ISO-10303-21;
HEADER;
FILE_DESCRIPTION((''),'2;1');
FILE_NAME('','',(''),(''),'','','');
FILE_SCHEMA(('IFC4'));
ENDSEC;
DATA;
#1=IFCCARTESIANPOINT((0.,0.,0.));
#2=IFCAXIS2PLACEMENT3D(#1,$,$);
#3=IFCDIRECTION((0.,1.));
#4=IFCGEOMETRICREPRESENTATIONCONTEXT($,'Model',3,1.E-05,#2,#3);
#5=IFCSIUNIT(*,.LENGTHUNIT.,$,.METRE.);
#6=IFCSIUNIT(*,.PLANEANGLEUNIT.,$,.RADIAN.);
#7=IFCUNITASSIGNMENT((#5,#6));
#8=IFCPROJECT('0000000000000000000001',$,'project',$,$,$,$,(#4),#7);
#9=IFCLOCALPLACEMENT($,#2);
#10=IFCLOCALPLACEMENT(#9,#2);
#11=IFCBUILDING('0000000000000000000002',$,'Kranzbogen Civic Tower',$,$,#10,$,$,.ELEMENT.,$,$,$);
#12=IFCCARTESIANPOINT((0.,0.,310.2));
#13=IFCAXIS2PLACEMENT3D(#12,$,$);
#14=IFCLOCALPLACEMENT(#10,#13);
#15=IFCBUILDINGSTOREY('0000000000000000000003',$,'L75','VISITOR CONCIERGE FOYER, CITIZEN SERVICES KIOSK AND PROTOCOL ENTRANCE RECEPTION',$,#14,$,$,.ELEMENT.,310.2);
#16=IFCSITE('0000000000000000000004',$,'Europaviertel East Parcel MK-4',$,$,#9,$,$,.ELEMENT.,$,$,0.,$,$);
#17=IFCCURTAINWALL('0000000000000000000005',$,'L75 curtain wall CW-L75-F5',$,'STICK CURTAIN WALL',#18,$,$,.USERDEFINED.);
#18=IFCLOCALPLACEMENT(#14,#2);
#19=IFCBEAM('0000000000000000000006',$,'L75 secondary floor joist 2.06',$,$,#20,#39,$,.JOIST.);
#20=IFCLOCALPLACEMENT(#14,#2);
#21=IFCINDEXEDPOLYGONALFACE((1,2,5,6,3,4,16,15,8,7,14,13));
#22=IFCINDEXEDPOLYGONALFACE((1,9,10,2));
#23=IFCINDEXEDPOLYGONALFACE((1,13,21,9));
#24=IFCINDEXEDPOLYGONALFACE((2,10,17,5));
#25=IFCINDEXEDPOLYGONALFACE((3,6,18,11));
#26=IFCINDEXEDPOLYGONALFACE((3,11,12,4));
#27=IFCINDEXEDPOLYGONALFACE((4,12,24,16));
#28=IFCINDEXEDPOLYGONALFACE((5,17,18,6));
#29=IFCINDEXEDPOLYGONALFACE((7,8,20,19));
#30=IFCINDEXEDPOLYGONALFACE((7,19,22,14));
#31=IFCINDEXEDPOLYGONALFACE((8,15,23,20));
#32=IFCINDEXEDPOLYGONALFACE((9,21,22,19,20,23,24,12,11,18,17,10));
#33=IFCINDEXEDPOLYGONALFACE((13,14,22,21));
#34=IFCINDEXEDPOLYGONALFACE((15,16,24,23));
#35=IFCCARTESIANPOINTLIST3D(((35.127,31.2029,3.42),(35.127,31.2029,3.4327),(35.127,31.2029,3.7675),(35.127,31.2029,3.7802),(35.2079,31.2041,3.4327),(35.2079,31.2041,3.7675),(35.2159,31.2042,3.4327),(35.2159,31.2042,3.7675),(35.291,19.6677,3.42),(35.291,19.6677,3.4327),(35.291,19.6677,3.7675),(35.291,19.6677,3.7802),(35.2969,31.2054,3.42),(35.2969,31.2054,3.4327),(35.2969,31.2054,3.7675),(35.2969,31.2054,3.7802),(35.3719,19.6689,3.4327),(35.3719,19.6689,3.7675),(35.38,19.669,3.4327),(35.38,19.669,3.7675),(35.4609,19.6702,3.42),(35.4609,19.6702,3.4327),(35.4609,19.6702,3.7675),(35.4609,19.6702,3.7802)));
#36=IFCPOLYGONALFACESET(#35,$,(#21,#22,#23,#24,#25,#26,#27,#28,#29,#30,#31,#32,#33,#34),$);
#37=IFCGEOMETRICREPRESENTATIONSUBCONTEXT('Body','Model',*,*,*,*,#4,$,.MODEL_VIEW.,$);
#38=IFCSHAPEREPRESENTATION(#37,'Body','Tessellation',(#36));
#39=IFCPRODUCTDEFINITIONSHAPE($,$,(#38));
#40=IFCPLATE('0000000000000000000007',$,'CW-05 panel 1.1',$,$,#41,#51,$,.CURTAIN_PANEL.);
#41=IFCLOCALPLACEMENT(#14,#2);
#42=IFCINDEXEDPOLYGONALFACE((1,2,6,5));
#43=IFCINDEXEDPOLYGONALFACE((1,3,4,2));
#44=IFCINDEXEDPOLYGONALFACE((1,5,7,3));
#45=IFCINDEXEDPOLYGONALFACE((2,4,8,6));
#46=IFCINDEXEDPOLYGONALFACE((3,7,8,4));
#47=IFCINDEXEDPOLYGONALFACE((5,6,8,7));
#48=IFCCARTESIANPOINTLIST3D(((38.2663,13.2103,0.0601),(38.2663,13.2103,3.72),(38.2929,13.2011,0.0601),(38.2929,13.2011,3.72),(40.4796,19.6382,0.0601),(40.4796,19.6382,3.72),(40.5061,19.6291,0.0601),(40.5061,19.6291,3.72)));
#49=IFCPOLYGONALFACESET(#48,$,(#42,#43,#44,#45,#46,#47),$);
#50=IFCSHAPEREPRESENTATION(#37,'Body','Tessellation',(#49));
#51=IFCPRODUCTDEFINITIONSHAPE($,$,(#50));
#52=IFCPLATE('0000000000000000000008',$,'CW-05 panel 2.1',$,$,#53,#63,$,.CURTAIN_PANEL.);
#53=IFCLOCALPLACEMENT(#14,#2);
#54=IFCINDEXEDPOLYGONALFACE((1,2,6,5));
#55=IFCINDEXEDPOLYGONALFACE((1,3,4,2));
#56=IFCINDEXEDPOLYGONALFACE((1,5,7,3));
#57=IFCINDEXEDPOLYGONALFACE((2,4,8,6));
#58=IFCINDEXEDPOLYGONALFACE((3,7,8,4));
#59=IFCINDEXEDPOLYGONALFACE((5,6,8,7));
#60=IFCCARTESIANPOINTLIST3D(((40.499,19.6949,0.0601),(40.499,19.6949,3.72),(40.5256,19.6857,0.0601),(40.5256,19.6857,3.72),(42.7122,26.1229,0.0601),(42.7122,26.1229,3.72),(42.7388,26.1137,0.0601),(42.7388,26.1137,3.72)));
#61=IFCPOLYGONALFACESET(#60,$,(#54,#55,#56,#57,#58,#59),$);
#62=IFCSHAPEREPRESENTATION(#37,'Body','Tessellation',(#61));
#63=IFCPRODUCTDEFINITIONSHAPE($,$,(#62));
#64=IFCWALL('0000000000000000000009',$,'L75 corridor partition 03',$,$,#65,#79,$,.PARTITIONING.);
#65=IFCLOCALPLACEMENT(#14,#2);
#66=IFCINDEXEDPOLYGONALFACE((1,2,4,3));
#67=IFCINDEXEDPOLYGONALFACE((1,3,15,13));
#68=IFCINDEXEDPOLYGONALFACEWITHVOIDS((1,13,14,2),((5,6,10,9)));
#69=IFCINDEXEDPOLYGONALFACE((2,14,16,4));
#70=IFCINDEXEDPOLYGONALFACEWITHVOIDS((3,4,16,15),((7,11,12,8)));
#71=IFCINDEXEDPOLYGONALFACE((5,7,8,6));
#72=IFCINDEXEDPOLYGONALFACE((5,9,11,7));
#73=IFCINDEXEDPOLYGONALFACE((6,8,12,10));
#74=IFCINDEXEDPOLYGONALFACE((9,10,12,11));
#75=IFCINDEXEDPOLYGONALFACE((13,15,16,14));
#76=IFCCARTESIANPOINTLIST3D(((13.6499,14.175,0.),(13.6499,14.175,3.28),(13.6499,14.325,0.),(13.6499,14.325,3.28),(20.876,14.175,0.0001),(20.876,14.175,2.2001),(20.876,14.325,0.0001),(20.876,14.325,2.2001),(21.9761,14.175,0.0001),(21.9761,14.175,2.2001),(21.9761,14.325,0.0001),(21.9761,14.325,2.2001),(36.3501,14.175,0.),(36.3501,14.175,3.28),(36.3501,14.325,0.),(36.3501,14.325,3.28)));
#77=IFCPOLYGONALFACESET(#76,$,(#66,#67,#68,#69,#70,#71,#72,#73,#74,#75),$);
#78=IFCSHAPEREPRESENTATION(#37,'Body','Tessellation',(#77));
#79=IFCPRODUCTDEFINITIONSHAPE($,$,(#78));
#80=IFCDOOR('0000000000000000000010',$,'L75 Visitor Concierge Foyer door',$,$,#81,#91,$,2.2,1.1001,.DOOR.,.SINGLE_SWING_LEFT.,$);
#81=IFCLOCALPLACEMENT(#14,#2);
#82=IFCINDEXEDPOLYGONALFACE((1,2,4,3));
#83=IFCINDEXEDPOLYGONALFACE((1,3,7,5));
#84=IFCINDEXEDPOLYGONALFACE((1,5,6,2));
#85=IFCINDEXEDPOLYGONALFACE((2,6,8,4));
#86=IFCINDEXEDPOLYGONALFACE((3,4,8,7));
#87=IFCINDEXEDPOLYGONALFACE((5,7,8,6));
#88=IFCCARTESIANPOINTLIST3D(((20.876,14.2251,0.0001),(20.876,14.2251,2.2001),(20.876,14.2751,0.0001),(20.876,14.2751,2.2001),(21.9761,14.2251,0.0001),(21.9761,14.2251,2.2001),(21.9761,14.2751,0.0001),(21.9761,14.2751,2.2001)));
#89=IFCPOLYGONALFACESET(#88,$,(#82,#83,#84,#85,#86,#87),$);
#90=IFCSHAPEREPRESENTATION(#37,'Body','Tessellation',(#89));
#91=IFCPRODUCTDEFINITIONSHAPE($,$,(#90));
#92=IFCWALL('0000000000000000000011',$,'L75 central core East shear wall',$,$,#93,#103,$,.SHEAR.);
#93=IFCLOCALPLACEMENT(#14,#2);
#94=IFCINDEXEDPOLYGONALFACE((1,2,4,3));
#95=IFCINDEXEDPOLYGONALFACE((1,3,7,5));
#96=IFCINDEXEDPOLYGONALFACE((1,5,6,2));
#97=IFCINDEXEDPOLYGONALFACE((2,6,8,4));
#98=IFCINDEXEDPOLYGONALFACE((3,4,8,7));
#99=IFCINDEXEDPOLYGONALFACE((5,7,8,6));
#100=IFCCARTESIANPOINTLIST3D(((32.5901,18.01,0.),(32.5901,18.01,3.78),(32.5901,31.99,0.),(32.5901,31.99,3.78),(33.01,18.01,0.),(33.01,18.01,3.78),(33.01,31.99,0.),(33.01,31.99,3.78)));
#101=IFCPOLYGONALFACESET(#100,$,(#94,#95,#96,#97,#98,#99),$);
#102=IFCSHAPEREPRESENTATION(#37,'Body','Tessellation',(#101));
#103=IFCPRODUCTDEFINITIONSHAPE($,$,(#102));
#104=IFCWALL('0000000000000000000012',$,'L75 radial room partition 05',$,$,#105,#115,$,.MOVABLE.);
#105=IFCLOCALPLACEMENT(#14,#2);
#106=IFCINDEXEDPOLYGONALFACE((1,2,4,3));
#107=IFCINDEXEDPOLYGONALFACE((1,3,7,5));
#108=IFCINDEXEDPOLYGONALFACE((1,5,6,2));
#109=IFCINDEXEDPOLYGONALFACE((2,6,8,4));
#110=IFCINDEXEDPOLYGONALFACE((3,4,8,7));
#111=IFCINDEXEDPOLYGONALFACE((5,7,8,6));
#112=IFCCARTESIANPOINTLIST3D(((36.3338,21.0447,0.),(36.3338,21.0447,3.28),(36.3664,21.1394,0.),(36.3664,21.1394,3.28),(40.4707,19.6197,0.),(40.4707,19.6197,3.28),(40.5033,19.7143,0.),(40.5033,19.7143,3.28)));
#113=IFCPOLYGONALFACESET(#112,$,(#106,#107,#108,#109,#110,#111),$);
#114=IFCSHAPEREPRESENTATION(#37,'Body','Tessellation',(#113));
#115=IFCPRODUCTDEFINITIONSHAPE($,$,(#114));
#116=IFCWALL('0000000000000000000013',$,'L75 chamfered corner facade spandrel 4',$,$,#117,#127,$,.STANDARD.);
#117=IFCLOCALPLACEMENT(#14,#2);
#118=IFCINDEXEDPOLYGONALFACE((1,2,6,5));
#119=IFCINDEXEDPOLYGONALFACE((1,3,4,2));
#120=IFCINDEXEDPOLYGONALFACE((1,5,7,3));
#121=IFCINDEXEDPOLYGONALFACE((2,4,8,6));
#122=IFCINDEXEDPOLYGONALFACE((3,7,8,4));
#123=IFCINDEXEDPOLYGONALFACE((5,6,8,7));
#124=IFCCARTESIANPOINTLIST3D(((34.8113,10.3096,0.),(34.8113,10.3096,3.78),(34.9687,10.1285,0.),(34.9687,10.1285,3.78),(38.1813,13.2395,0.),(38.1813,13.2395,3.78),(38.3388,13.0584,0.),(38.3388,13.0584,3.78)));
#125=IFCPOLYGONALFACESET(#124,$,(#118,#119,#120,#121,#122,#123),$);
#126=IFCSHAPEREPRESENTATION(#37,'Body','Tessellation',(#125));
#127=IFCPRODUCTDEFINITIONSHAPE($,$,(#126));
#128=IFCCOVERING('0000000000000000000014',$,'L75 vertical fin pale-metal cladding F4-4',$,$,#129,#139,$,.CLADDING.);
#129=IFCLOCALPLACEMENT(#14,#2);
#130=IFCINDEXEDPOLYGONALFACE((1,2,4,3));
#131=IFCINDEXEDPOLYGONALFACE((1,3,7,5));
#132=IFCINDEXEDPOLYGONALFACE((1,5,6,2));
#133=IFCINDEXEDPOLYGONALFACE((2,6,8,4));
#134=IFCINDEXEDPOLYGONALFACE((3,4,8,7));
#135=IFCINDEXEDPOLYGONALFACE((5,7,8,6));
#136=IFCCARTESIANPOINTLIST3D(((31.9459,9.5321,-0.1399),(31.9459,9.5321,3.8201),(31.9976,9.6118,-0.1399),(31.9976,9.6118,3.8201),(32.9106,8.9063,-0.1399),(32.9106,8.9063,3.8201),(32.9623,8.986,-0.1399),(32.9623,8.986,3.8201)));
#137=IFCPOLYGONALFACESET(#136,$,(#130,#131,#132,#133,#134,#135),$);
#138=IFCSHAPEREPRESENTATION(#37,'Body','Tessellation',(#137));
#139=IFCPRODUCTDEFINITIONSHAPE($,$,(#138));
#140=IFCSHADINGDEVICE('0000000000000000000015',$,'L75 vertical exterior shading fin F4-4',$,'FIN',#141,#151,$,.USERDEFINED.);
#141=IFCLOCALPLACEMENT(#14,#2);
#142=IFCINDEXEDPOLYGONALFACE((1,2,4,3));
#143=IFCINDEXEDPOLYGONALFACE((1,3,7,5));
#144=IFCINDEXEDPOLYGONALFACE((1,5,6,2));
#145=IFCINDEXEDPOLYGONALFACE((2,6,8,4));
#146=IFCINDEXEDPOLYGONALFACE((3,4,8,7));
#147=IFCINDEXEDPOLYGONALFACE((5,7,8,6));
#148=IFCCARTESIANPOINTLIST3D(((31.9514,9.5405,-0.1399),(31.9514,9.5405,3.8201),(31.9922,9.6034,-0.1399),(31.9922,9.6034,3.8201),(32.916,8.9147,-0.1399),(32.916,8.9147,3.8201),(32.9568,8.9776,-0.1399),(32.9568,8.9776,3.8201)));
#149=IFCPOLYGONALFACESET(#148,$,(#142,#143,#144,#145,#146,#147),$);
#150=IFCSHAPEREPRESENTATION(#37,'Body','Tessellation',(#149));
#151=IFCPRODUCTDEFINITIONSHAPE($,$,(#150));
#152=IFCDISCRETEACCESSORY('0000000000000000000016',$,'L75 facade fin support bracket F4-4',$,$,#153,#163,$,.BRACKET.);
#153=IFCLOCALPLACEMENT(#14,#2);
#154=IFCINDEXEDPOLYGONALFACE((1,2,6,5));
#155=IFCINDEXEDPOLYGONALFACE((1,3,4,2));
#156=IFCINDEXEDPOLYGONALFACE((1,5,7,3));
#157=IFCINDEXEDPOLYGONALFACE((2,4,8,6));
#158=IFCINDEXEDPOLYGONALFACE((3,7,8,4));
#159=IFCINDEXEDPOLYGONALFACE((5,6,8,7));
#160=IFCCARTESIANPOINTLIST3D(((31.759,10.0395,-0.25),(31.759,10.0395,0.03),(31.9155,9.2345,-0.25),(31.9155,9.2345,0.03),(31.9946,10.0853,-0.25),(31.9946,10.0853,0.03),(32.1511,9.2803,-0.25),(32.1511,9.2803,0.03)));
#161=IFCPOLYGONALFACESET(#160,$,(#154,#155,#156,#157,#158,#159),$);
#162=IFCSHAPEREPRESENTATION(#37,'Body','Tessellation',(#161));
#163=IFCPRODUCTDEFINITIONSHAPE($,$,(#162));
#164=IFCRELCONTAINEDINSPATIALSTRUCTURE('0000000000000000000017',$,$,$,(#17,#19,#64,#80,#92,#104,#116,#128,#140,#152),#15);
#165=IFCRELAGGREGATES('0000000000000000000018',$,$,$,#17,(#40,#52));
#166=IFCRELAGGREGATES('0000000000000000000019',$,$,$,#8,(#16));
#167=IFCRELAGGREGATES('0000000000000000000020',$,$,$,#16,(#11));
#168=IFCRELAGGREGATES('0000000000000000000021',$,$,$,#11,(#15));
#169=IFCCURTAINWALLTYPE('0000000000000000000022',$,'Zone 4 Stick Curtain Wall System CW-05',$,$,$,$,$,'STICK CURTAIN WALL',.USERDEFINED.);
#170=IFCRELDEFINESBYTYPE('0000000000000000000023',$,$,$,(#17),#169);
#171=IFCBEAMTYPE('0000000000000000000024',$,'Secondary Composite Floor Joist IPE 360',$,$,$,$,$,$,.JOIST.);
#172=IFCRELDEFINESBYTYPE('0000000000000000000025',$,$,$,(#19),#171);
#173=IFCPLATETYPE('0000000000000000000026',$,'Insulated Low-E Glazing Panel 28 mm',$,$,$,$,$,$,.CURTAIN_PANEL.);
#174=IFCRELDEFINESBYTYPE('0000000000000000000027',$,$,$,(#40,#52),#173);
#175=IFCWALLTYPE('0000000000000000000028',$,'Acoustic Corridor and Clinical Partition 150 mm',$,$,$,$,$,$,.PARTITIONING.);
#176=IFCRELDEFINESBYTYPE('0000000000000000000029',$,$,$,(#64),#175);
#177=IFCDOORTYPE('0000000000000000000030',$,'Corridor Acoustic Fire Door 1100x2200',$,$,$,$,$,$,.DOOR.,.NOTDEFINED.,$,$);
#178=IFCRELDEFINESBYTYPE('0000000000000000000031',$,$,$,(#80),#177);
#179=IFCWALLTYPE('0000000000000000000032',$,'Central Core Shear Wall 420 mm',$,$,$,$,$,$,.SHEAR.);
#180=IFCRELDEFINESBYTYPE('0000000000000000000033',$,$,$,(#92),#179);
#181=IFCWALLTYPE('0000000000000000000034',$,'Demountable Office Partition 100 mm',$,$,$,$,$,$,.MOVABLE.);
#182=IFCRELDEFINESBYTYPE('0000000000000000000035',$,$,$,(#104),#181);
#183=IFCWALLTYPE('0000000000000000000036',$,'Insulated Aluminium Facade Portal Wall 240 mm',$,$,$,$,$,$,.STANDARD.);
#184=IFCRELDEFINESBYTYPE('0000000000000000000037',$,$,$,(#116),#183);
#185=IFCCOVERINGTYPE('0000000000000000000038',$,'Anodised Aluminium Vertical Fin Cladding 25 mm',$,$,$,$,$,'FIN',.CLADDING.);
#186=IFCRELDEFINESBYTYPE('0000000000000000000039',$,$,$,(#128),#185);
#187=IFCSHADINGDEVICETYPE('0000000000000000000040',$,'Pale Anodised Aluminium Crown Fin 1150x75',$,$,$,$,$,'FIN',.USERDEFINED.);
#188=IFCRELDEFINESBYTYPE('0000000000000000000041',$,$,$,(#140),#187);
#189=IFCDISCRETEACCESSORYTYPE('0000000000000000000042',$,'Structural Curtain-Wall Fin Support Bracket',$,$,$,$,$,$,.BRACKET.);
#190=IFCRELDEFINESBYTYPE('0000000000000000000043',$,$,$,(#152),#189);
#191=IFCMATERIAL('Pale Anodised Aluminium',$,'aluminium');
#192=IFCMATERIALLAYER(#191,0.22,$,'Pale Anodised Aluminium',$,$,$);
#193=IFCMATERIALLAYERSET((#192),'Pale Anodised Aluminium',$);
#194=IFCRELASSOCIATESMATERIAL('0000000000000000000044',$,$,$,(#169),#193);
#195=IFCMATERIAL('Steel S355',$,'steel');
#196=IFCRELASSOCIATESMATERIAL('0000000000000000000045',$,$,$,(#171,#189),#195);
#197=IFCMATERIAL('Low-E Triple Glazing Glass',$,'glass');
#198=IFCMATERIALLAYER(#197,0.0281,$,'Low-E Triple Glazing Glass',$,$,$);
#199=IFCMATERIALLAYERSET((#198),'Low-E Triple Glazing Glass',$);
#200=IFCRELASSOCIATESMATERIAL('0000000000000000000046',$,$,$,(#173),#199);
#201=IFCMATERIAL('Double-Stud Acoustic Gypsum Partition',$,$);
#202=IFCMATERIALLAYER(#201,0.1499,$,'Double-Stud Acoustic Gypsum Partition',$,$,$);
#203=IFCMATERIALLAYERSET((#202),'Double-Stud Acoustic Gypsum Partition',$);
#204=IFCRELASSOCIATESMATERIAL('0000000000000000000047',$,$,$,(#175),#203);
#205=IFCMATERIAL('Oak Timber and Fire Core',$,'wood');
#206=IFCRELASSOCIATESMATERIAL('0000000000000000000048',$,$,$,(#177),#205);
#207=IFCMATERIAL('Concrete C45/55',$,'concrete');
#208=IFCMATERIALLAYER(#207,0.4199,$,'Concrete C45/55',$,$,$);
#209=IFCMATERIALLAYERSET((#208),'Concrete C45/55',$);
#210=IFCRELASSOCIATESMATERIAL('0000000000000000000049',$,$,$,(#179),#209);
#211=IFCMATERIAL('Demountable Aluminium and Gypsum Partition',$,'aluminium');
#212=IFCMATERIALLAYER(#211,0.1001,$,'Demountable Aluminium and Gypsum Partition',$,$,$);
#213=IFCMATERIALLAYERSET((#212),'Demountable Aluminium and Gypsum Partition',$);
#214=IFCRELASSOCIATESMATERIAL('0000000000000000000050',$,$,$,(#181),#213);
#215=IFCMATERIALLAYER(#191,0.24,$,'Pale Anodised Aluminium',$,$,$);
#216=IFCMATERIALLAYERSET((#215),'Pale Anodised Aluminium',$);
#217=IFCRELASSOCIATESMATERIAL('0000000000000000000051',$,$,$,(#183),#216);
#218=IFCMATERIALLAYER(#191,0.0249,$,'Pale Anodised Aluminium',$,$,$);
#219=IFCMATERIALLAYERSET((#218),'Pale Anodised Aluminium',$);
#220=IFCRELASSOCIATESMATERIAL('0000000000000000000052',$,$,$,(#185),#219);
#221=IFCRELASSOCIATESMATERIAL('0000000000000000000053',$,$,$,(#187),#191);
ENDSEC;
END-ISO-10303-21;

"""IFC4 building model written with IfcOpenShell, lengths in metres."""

from ifc_helpers import new_model, si_unit, direction, frame, frame_2d, origin, origin_2d, place, context, subcontext, project, spatial, rectangle, i_section, extrude, material, layer, layer_set, material_profile, profile_set, type_object, element, fill, aggregate, save


model = new_model("IFC4")

# Units and contexts
model_context = context("Model", 3, precision=1e-05, world=origin(), true_north=direction((0.0, 1.0)))
body_context = subcontext(model_context, "Body", "Model", "MODEL_VIEW")
ifc_project = project(units=[si_unit("LENGTHUNIT", "METRE"), si_unit("PLANEANGLEUNIT", "RADIAN")], contexts=[model_context])

# Site, building, storey
site_placement = place(None, origin())
site = spatial("IfcSite", under=ifc_project, at=site_placement, Name="Europaviertel East Parcel MK-4", CompositionType="ELEMENT", RefElevation=0.0)
building_placement = place(site_placement, origin())
building = spatial("IfcBuilding", under=site, at=building_placement, Name="Kranzbogen Civic Tower", CompositionType="ELEMENT")
storey_placement = place(building_placement, frame((0.0, 0.0, 310.2)))
storey = spatial("IfcBuildingStorey", under=building, at=storey_placement, Name="L75", Description="VISITOR CONCIERGE FOYER, CITIZEN SERVICES KIOSK AND PROTOCOL ENTRANCE RECEPTION", CompositionType="ELEMENT", Elevation=310.2)

# Shared definitions
ifc_material_1 = material(Name="Steel S355", Category="steel")

# Shared definitions
ifc_material_2 = material(Name="Pale Anodised Aluminium", Category="aluminium")
ifc_layer_1 = layer(ifc_material_2, 0.22, Name="Pale Anodised Aluminium")
ifc_layer_set_1 = layer_set([ifc_layer_1], Name="Pale Anodised Aluminium")
curtain_wall_type = type_object("IfcCurtainWallType", Name="Zone 4 Stick Curtain Wall System CW-05", ElementType="STICK CURTAIN WALL", PredefinedType="USERDEFINED", material=ifc_layer_set_1)

# Curtain wall
curtain_wall_1_placement = place(storey_placement, origin())
curtain_wall_1 = element("IfcCurtainWall", 1, at=curtain_wall_1_placement, inside=storey, type_object=curtain_wall_type, Name="L75 curtain wall CW-L75-F5", ObjectType="STICK CURTAIN WALL", PredefinedType="USERDEFINED")

# Beam
ifc_material_profile_1 = material_profile(ifc_material_1, i_section(OverallWidth=0.1699, OverallDepth=0.3601, WebThickness=0.0081, FlangeThickness=0.0127, at=origin_2d()), Name="IPE 360")
ifc_profile_set_1 = profile_set([ifc_material_profile_1], Name="Steel S355")
beam_type_1 = type_object("IfcBeamType", Name="Secondary Composite Floor Joist IPE 360", PredefinedType="JOIST", material=ifc_profile_set_1)
beam_1_placement = place(storey_placement, frame((35.376, 19.6689, 3.6001), z_axis=(-0.014221, 0.999899, 0.0), x_axis=(-0.999899, -0.014221, 0.0)))
element("IfcBeam", 2, at=beam_1_placement, inside=storey, type_object=beam_type_1, Name="L75 secondary floor joist 2.06", PredefinedType="JOIST", context=body_context, shape_type="SweptSolid", body=[
    extrude(i_section(OverallWidth=0.1699, OverallDepth=0.3601, WebThickness=0.0081, FlangeThickness=0.0127, at=origin_2d()), origin(), (0.0, 0.0, 1.0), 11.5364),
])

# Plates
ifc_material_3 = material(Name="Low-E Triple Glazing Glass", Category="glass")
ifc_layer_2 = layer(ifc_material_3, 0.0281, Name="Low-E Triple Glazing Glass")
ifc_layer_set_2 = layer_set([ifc_layer_2], Name="Low-E Triple Glazing Glass")
plate_type = type_object("IfcPlateType", Name="Insulated Low-E Glazing Panel 28 mm", PredefinedType="CURTAIN_PANEL", material=ifc_layer_set_2)
plate_1_placement = place(storey_placement, frame((39.3862, 16.4197, 0.0601), z_axis=(0.0, 0.0, 1.0), x_axis=(0.325554, 0.945523, 0.0)))
plate_1 = element("IfcPlate", 3, at=plate_1_placement, type_object=plate_type, Name="CW-05 panel 1.1", PredefinedType="CURTAIN_PANEL", context=body_context, shape_type="SweptSolid", body=[
    extrude(rectangle(XDim=6.7983, YDim=0.0281, at=origin_2d()), origin(), (0.0, 0.0, 1.0), 3.6599),
])
plate_2_placement = place(storey_placement, frame((41.6189, 22.9043, 0.0601), z_axis=(0.0, 0.0, 1.0), x_axis=(0.325554, 0.945523, 0.0)))
plate_2 = element("IfcPlate", 4, at=plate_2_placement, type_object=plate_type, Name="CW-05 panel 2.1", PredefinedType="CURTAIN_PANEL", context=body_context, shape_type="SweptSolid", body=[
    extrude(rectangle(XDim=6.7983, YDim=0.0281, at=origin_2d()), origin(), (0.0, 0.0, 1.0), 3.6599),
])
aggregate(curtain_wall_1, [plate_1, plate_2])

# Wall, opening, door
ifc_material_4 = material(Name="Double-Stud Acoustic Gypsum Partition")
ifc_layer_3 = layer(ifc_material_4, 0.1499, Name="Double-Stud Acoustic Gypsum Partition")
ifc_layer_set_3 = layer_set([ifc_layer_3], Name="Double-Stud Acoustic Gypsum Partition")
wall_type_1 = type_object("IfcWallType", Name="Acoustic Corridor and Clinical Partition 150 mm", PredefinedType="PARTITIONING", material=ifc_layer_set_3)
wall_1_placement = place(storey_placement, frame((36.3501, 14.25, 0.0), z_axis=(0.0, 0.0, 1.0), x_axis=(-1.0, 0.0, 0.0)))
wall_1 = element("IfcWall", 5, at=wall_1_placement, inside=storey, type_object=wall_type_1, Name="L75 corridor partition 03", PredefinedType="PARTITIONING", context=body_context, shape_type="SweptSolid", body=[
    extrude(rectangle(XDim=22.7002, YDim=0.1499, at=frame_2d((11.3501, 0.0))), origin(), (0.0, 0.0, 1.0), 3.28),
])
opening_placement = place(wall_1_placement, frame((14.374, 0.0, 0.0)))
opening = element("IfcOpeningElement", 6, at=opening_placement, cuts=wall_1, PredefinedType="OPENING", context=body_context, shape_type="SweptSolid", body=[
    extrude(rectangle(XDim=1.1001, YDim=2.2, at=frame_2d((0.55, 1.1001))), frame((0.0, 0.085, 0.0), z_axis=(0.0, -1.0, 0.0), x_axis=(1.0, 0.0, 0.0)), (0.0, 0.0, 1.0), 0.1699),
])
ifc_material_5 = material(Name="Oak Timber and Fire Core", Category="wood")
door_type = type_object("IfcDoorType", Name="Corridor Acoustic Fire Door 1100x2200", OperationType="NOTDEFINED", PredefinedType="DOOR", material=ifc_material_5)
door_placement = place(opening_placement, origin())
door = element("IfcDoor", 7, at=door_placement, inside=storey, type_object=door_type, Name="L75 Visitor Concierge Foyer door", OperationType="SINGLE_SWING_LEFT", OverallHeight=2.2, OverallWidth=1.1001, PredefinedType="DOOR", context=body_context, shape_type="SweptSolid", body=[
    extrude(rectangle(XDim=1.1001, YDim=2.2, at=frame_2d((0.55, 1.1001))), frame((0.0, 0.0249, 0.0), z_axis=(0.0, -1.0, 0.0), x_axis=(1.0, 0.0, 0.0)), (0.0, 0.0, 1.0), 0.05),
])
fill(opening, door)

# Walls
ifc_material_6 = material(Name="Concrete C45/55", Category="concrete")
ifc_layer_4 = layer(ifc_material_6, 0.4199, Name="Concrete C45/55")
ifc_layer_set_4 = layer_set([ifc_layer_4], Name="Concrete C45/55")
wall_type_2 = type_object("IfcWallType", Name="Central Core Shear Wall 420 mm", PredefinedType="SHEAR", material=ifc_layer_set_4)
wall_2_placement = place(storey_placement, frame((32.8, 18.01, 0.0), z_axis=(0.0, 0.0, 1.0), x_axis=(0.0, 1.0, 0.0)))
element("IfcWall", 8, at=wall_2_placement, inside=storey, type_object=wall_type_2, Name="L75 central core East shear wall", PredefinedType="SHEAR", context=body_context, shape_type="SweptSolid", body=[
    extrude(rectangle(XDim=13.98, YDim=0.4199, at=frame_2d((6.99, 0.0))), origin(), (0.0, 0.0, 1.0), 3.78),
])
ifc_material_7 = material(Name="Demountable Aluminium and Gypsum Partition", Category="aluminium")
ifc_layer_5 = layer(ifc_material_7, 0.1001, Name="Demountable Aluminium and Gypsum Partition")
ifc_layer_set_5 = layer_set([ifc_layer_5], Name="Demountable Aluminium and Gypsum Partition")
wall_type_3 = type_object("IfcWallType", Name="Demountable Office Partition 100 mm", PredefinedType="MOVABLE", material=ifc_layer_set_5)
wall_3_placement = place(storey_placement, frame((36.3501, 21.092, 0.0), z_axis=(0.0, 0.0, 1.0), x_axis=(0.945478, -0.325686, 0.0)))
element("IfcWall", 9, at=wall_3_placement, inside=storey, type_object=wall_type_3, Name="L75 radial room partition 05", PredefinedType="MOVABLE", context=body_context, shape_type="SweptSolid", body=[
    extrude(rectangle(XDim=4.3755, YDim=0.1001, at=frame_2d((2.1877, 0.0))), origin(), (0.0, 0.0, 1.0), 3.28),
])
ifc_layer_6 = layer(ifc_material_2, 0.24, Name="Pale Anodised Aluminium")
ifc_layer_set_6 = layer_set([ifc_layer_6], Name="Pale Anodised Aluminium")
wall_type_4 = type_object("IfcWallType", Name="Insulated Aluminium Facade Portal Wall 240 mm", PredefinedType="STANDARD", material=ifc_layer_set_6)
wall_4_placement = place(storey_placement, frame((34.8899, 10.219, 0.0), z_axis=(0.0, 0.0, 1.0), x_axis=(0.754673, 0.656102, 0.0)))
element("IfcWall", 10, at=wall_4_placement, inside=storey, type_object=wall_type_4, Name="L75 chamfered corner facade spandrel 4", PredefinedType="STANDARD", context=body_context, shape_type="SweptSolid", body=[
    extrude(rectangle(XDim=4.4656, YDim=0.24, at=frame_2d((2.2329, 0.0))), origin(), (0.0, 0.0, 1.0), 3.78),
])

# Covering
ifc_layer_7 = layer(ifc_material_2, 0.0249, Name="Pale Anodised Aluminium")
ifc_layer_set_7 = layer_set([ifc_layer_7], Name="Pale Anodised Aluminium")
covering_type = type_object("IfcCoveringType", Name="Anodised Aluminium Vertical Fin Cladding 25 mm", ElementType="FIN", PredefinedType="CLADDING", material=ifc_layer_set_7)
covering_placement = place(storey_placement, frame((32.4541, 9.259, -0.1399), z_axis=(0.0, 0.0, 1.0), x_axis=(0.838927, -0.544244, 0.0)))
element("IfcCovering", 11, at=covering_placement, inside=storey, type_object=covering_type, Name="L75 vertical fin pale-metal cladding F4-4", PredefinedType="CLADDING", context=body_context, shape_type="SweptSolid", body=[
    extrude(rectangle(XDim=1.1499, YDim=0.095, at=origin_2d()), origin(), (0.0, 0.0, 1.0), 3.96),
])

# Shading device
shading_device_type = type_object("IfcShadingDeviceType", Name="Pale Anodised Aluminium Crown Fin 1150x75", ElementType="FIN", PredefinedType="USERDEFINED", material=ifc_material_2)
shading_device_placement = place(storey_placement, frame((32.4541, 9.259, -0.1399), z_axis=(0.0, 0.0, 1.0), x_axis=(0.838927, -0.544244, 0.0)))
element("IfcShadingDevice", 12, at=shading_device_placement, inside=storey, type_object=shading_device_type, Name="L75 vertical exterior shading fin F4-4", ObjectType="FIN", PredefinedType="USERDEFINED", context=body_context, shape_type="SweptSolid", body=[
    extrude(rectangle(XDim=1.1499, YDim=0.075, at=origin_2d()), origin(), (0.0, 0.0, 1.0), 3.96),
])

# Discrete accessory
discrete_accessory_type = type_object("IfcDiscreteAccessoryType", Name="Structural Curtain-Wall Fin Support Bracket", PredefinedType="BRACKET", material=ifc_material_1)
discrete_accessory_placement = place(storey_placement, frame((31.9551, 9.6599, -0.25), z_axis=(0.0, 0.0, 1.0), x_axis=(0.190809, -0.981627, 0.0)))
element("IfcDiscreteAccessory", 13, at=discrete_accessory_placement, inside=storey, type_object=discrete_accessory_type, Name="L75 facade fin support bracket F4-4", PredefinedType="BRACKET", context=body_context, shape_type="SweptSolid", body=[
    extrude(rectangle(XDim=0.8201, YDim=0.24, at=origin_2d()), origin(), (0.0, 0.0, 1.0), 0.28),
])

save(model, "model.ifc")
